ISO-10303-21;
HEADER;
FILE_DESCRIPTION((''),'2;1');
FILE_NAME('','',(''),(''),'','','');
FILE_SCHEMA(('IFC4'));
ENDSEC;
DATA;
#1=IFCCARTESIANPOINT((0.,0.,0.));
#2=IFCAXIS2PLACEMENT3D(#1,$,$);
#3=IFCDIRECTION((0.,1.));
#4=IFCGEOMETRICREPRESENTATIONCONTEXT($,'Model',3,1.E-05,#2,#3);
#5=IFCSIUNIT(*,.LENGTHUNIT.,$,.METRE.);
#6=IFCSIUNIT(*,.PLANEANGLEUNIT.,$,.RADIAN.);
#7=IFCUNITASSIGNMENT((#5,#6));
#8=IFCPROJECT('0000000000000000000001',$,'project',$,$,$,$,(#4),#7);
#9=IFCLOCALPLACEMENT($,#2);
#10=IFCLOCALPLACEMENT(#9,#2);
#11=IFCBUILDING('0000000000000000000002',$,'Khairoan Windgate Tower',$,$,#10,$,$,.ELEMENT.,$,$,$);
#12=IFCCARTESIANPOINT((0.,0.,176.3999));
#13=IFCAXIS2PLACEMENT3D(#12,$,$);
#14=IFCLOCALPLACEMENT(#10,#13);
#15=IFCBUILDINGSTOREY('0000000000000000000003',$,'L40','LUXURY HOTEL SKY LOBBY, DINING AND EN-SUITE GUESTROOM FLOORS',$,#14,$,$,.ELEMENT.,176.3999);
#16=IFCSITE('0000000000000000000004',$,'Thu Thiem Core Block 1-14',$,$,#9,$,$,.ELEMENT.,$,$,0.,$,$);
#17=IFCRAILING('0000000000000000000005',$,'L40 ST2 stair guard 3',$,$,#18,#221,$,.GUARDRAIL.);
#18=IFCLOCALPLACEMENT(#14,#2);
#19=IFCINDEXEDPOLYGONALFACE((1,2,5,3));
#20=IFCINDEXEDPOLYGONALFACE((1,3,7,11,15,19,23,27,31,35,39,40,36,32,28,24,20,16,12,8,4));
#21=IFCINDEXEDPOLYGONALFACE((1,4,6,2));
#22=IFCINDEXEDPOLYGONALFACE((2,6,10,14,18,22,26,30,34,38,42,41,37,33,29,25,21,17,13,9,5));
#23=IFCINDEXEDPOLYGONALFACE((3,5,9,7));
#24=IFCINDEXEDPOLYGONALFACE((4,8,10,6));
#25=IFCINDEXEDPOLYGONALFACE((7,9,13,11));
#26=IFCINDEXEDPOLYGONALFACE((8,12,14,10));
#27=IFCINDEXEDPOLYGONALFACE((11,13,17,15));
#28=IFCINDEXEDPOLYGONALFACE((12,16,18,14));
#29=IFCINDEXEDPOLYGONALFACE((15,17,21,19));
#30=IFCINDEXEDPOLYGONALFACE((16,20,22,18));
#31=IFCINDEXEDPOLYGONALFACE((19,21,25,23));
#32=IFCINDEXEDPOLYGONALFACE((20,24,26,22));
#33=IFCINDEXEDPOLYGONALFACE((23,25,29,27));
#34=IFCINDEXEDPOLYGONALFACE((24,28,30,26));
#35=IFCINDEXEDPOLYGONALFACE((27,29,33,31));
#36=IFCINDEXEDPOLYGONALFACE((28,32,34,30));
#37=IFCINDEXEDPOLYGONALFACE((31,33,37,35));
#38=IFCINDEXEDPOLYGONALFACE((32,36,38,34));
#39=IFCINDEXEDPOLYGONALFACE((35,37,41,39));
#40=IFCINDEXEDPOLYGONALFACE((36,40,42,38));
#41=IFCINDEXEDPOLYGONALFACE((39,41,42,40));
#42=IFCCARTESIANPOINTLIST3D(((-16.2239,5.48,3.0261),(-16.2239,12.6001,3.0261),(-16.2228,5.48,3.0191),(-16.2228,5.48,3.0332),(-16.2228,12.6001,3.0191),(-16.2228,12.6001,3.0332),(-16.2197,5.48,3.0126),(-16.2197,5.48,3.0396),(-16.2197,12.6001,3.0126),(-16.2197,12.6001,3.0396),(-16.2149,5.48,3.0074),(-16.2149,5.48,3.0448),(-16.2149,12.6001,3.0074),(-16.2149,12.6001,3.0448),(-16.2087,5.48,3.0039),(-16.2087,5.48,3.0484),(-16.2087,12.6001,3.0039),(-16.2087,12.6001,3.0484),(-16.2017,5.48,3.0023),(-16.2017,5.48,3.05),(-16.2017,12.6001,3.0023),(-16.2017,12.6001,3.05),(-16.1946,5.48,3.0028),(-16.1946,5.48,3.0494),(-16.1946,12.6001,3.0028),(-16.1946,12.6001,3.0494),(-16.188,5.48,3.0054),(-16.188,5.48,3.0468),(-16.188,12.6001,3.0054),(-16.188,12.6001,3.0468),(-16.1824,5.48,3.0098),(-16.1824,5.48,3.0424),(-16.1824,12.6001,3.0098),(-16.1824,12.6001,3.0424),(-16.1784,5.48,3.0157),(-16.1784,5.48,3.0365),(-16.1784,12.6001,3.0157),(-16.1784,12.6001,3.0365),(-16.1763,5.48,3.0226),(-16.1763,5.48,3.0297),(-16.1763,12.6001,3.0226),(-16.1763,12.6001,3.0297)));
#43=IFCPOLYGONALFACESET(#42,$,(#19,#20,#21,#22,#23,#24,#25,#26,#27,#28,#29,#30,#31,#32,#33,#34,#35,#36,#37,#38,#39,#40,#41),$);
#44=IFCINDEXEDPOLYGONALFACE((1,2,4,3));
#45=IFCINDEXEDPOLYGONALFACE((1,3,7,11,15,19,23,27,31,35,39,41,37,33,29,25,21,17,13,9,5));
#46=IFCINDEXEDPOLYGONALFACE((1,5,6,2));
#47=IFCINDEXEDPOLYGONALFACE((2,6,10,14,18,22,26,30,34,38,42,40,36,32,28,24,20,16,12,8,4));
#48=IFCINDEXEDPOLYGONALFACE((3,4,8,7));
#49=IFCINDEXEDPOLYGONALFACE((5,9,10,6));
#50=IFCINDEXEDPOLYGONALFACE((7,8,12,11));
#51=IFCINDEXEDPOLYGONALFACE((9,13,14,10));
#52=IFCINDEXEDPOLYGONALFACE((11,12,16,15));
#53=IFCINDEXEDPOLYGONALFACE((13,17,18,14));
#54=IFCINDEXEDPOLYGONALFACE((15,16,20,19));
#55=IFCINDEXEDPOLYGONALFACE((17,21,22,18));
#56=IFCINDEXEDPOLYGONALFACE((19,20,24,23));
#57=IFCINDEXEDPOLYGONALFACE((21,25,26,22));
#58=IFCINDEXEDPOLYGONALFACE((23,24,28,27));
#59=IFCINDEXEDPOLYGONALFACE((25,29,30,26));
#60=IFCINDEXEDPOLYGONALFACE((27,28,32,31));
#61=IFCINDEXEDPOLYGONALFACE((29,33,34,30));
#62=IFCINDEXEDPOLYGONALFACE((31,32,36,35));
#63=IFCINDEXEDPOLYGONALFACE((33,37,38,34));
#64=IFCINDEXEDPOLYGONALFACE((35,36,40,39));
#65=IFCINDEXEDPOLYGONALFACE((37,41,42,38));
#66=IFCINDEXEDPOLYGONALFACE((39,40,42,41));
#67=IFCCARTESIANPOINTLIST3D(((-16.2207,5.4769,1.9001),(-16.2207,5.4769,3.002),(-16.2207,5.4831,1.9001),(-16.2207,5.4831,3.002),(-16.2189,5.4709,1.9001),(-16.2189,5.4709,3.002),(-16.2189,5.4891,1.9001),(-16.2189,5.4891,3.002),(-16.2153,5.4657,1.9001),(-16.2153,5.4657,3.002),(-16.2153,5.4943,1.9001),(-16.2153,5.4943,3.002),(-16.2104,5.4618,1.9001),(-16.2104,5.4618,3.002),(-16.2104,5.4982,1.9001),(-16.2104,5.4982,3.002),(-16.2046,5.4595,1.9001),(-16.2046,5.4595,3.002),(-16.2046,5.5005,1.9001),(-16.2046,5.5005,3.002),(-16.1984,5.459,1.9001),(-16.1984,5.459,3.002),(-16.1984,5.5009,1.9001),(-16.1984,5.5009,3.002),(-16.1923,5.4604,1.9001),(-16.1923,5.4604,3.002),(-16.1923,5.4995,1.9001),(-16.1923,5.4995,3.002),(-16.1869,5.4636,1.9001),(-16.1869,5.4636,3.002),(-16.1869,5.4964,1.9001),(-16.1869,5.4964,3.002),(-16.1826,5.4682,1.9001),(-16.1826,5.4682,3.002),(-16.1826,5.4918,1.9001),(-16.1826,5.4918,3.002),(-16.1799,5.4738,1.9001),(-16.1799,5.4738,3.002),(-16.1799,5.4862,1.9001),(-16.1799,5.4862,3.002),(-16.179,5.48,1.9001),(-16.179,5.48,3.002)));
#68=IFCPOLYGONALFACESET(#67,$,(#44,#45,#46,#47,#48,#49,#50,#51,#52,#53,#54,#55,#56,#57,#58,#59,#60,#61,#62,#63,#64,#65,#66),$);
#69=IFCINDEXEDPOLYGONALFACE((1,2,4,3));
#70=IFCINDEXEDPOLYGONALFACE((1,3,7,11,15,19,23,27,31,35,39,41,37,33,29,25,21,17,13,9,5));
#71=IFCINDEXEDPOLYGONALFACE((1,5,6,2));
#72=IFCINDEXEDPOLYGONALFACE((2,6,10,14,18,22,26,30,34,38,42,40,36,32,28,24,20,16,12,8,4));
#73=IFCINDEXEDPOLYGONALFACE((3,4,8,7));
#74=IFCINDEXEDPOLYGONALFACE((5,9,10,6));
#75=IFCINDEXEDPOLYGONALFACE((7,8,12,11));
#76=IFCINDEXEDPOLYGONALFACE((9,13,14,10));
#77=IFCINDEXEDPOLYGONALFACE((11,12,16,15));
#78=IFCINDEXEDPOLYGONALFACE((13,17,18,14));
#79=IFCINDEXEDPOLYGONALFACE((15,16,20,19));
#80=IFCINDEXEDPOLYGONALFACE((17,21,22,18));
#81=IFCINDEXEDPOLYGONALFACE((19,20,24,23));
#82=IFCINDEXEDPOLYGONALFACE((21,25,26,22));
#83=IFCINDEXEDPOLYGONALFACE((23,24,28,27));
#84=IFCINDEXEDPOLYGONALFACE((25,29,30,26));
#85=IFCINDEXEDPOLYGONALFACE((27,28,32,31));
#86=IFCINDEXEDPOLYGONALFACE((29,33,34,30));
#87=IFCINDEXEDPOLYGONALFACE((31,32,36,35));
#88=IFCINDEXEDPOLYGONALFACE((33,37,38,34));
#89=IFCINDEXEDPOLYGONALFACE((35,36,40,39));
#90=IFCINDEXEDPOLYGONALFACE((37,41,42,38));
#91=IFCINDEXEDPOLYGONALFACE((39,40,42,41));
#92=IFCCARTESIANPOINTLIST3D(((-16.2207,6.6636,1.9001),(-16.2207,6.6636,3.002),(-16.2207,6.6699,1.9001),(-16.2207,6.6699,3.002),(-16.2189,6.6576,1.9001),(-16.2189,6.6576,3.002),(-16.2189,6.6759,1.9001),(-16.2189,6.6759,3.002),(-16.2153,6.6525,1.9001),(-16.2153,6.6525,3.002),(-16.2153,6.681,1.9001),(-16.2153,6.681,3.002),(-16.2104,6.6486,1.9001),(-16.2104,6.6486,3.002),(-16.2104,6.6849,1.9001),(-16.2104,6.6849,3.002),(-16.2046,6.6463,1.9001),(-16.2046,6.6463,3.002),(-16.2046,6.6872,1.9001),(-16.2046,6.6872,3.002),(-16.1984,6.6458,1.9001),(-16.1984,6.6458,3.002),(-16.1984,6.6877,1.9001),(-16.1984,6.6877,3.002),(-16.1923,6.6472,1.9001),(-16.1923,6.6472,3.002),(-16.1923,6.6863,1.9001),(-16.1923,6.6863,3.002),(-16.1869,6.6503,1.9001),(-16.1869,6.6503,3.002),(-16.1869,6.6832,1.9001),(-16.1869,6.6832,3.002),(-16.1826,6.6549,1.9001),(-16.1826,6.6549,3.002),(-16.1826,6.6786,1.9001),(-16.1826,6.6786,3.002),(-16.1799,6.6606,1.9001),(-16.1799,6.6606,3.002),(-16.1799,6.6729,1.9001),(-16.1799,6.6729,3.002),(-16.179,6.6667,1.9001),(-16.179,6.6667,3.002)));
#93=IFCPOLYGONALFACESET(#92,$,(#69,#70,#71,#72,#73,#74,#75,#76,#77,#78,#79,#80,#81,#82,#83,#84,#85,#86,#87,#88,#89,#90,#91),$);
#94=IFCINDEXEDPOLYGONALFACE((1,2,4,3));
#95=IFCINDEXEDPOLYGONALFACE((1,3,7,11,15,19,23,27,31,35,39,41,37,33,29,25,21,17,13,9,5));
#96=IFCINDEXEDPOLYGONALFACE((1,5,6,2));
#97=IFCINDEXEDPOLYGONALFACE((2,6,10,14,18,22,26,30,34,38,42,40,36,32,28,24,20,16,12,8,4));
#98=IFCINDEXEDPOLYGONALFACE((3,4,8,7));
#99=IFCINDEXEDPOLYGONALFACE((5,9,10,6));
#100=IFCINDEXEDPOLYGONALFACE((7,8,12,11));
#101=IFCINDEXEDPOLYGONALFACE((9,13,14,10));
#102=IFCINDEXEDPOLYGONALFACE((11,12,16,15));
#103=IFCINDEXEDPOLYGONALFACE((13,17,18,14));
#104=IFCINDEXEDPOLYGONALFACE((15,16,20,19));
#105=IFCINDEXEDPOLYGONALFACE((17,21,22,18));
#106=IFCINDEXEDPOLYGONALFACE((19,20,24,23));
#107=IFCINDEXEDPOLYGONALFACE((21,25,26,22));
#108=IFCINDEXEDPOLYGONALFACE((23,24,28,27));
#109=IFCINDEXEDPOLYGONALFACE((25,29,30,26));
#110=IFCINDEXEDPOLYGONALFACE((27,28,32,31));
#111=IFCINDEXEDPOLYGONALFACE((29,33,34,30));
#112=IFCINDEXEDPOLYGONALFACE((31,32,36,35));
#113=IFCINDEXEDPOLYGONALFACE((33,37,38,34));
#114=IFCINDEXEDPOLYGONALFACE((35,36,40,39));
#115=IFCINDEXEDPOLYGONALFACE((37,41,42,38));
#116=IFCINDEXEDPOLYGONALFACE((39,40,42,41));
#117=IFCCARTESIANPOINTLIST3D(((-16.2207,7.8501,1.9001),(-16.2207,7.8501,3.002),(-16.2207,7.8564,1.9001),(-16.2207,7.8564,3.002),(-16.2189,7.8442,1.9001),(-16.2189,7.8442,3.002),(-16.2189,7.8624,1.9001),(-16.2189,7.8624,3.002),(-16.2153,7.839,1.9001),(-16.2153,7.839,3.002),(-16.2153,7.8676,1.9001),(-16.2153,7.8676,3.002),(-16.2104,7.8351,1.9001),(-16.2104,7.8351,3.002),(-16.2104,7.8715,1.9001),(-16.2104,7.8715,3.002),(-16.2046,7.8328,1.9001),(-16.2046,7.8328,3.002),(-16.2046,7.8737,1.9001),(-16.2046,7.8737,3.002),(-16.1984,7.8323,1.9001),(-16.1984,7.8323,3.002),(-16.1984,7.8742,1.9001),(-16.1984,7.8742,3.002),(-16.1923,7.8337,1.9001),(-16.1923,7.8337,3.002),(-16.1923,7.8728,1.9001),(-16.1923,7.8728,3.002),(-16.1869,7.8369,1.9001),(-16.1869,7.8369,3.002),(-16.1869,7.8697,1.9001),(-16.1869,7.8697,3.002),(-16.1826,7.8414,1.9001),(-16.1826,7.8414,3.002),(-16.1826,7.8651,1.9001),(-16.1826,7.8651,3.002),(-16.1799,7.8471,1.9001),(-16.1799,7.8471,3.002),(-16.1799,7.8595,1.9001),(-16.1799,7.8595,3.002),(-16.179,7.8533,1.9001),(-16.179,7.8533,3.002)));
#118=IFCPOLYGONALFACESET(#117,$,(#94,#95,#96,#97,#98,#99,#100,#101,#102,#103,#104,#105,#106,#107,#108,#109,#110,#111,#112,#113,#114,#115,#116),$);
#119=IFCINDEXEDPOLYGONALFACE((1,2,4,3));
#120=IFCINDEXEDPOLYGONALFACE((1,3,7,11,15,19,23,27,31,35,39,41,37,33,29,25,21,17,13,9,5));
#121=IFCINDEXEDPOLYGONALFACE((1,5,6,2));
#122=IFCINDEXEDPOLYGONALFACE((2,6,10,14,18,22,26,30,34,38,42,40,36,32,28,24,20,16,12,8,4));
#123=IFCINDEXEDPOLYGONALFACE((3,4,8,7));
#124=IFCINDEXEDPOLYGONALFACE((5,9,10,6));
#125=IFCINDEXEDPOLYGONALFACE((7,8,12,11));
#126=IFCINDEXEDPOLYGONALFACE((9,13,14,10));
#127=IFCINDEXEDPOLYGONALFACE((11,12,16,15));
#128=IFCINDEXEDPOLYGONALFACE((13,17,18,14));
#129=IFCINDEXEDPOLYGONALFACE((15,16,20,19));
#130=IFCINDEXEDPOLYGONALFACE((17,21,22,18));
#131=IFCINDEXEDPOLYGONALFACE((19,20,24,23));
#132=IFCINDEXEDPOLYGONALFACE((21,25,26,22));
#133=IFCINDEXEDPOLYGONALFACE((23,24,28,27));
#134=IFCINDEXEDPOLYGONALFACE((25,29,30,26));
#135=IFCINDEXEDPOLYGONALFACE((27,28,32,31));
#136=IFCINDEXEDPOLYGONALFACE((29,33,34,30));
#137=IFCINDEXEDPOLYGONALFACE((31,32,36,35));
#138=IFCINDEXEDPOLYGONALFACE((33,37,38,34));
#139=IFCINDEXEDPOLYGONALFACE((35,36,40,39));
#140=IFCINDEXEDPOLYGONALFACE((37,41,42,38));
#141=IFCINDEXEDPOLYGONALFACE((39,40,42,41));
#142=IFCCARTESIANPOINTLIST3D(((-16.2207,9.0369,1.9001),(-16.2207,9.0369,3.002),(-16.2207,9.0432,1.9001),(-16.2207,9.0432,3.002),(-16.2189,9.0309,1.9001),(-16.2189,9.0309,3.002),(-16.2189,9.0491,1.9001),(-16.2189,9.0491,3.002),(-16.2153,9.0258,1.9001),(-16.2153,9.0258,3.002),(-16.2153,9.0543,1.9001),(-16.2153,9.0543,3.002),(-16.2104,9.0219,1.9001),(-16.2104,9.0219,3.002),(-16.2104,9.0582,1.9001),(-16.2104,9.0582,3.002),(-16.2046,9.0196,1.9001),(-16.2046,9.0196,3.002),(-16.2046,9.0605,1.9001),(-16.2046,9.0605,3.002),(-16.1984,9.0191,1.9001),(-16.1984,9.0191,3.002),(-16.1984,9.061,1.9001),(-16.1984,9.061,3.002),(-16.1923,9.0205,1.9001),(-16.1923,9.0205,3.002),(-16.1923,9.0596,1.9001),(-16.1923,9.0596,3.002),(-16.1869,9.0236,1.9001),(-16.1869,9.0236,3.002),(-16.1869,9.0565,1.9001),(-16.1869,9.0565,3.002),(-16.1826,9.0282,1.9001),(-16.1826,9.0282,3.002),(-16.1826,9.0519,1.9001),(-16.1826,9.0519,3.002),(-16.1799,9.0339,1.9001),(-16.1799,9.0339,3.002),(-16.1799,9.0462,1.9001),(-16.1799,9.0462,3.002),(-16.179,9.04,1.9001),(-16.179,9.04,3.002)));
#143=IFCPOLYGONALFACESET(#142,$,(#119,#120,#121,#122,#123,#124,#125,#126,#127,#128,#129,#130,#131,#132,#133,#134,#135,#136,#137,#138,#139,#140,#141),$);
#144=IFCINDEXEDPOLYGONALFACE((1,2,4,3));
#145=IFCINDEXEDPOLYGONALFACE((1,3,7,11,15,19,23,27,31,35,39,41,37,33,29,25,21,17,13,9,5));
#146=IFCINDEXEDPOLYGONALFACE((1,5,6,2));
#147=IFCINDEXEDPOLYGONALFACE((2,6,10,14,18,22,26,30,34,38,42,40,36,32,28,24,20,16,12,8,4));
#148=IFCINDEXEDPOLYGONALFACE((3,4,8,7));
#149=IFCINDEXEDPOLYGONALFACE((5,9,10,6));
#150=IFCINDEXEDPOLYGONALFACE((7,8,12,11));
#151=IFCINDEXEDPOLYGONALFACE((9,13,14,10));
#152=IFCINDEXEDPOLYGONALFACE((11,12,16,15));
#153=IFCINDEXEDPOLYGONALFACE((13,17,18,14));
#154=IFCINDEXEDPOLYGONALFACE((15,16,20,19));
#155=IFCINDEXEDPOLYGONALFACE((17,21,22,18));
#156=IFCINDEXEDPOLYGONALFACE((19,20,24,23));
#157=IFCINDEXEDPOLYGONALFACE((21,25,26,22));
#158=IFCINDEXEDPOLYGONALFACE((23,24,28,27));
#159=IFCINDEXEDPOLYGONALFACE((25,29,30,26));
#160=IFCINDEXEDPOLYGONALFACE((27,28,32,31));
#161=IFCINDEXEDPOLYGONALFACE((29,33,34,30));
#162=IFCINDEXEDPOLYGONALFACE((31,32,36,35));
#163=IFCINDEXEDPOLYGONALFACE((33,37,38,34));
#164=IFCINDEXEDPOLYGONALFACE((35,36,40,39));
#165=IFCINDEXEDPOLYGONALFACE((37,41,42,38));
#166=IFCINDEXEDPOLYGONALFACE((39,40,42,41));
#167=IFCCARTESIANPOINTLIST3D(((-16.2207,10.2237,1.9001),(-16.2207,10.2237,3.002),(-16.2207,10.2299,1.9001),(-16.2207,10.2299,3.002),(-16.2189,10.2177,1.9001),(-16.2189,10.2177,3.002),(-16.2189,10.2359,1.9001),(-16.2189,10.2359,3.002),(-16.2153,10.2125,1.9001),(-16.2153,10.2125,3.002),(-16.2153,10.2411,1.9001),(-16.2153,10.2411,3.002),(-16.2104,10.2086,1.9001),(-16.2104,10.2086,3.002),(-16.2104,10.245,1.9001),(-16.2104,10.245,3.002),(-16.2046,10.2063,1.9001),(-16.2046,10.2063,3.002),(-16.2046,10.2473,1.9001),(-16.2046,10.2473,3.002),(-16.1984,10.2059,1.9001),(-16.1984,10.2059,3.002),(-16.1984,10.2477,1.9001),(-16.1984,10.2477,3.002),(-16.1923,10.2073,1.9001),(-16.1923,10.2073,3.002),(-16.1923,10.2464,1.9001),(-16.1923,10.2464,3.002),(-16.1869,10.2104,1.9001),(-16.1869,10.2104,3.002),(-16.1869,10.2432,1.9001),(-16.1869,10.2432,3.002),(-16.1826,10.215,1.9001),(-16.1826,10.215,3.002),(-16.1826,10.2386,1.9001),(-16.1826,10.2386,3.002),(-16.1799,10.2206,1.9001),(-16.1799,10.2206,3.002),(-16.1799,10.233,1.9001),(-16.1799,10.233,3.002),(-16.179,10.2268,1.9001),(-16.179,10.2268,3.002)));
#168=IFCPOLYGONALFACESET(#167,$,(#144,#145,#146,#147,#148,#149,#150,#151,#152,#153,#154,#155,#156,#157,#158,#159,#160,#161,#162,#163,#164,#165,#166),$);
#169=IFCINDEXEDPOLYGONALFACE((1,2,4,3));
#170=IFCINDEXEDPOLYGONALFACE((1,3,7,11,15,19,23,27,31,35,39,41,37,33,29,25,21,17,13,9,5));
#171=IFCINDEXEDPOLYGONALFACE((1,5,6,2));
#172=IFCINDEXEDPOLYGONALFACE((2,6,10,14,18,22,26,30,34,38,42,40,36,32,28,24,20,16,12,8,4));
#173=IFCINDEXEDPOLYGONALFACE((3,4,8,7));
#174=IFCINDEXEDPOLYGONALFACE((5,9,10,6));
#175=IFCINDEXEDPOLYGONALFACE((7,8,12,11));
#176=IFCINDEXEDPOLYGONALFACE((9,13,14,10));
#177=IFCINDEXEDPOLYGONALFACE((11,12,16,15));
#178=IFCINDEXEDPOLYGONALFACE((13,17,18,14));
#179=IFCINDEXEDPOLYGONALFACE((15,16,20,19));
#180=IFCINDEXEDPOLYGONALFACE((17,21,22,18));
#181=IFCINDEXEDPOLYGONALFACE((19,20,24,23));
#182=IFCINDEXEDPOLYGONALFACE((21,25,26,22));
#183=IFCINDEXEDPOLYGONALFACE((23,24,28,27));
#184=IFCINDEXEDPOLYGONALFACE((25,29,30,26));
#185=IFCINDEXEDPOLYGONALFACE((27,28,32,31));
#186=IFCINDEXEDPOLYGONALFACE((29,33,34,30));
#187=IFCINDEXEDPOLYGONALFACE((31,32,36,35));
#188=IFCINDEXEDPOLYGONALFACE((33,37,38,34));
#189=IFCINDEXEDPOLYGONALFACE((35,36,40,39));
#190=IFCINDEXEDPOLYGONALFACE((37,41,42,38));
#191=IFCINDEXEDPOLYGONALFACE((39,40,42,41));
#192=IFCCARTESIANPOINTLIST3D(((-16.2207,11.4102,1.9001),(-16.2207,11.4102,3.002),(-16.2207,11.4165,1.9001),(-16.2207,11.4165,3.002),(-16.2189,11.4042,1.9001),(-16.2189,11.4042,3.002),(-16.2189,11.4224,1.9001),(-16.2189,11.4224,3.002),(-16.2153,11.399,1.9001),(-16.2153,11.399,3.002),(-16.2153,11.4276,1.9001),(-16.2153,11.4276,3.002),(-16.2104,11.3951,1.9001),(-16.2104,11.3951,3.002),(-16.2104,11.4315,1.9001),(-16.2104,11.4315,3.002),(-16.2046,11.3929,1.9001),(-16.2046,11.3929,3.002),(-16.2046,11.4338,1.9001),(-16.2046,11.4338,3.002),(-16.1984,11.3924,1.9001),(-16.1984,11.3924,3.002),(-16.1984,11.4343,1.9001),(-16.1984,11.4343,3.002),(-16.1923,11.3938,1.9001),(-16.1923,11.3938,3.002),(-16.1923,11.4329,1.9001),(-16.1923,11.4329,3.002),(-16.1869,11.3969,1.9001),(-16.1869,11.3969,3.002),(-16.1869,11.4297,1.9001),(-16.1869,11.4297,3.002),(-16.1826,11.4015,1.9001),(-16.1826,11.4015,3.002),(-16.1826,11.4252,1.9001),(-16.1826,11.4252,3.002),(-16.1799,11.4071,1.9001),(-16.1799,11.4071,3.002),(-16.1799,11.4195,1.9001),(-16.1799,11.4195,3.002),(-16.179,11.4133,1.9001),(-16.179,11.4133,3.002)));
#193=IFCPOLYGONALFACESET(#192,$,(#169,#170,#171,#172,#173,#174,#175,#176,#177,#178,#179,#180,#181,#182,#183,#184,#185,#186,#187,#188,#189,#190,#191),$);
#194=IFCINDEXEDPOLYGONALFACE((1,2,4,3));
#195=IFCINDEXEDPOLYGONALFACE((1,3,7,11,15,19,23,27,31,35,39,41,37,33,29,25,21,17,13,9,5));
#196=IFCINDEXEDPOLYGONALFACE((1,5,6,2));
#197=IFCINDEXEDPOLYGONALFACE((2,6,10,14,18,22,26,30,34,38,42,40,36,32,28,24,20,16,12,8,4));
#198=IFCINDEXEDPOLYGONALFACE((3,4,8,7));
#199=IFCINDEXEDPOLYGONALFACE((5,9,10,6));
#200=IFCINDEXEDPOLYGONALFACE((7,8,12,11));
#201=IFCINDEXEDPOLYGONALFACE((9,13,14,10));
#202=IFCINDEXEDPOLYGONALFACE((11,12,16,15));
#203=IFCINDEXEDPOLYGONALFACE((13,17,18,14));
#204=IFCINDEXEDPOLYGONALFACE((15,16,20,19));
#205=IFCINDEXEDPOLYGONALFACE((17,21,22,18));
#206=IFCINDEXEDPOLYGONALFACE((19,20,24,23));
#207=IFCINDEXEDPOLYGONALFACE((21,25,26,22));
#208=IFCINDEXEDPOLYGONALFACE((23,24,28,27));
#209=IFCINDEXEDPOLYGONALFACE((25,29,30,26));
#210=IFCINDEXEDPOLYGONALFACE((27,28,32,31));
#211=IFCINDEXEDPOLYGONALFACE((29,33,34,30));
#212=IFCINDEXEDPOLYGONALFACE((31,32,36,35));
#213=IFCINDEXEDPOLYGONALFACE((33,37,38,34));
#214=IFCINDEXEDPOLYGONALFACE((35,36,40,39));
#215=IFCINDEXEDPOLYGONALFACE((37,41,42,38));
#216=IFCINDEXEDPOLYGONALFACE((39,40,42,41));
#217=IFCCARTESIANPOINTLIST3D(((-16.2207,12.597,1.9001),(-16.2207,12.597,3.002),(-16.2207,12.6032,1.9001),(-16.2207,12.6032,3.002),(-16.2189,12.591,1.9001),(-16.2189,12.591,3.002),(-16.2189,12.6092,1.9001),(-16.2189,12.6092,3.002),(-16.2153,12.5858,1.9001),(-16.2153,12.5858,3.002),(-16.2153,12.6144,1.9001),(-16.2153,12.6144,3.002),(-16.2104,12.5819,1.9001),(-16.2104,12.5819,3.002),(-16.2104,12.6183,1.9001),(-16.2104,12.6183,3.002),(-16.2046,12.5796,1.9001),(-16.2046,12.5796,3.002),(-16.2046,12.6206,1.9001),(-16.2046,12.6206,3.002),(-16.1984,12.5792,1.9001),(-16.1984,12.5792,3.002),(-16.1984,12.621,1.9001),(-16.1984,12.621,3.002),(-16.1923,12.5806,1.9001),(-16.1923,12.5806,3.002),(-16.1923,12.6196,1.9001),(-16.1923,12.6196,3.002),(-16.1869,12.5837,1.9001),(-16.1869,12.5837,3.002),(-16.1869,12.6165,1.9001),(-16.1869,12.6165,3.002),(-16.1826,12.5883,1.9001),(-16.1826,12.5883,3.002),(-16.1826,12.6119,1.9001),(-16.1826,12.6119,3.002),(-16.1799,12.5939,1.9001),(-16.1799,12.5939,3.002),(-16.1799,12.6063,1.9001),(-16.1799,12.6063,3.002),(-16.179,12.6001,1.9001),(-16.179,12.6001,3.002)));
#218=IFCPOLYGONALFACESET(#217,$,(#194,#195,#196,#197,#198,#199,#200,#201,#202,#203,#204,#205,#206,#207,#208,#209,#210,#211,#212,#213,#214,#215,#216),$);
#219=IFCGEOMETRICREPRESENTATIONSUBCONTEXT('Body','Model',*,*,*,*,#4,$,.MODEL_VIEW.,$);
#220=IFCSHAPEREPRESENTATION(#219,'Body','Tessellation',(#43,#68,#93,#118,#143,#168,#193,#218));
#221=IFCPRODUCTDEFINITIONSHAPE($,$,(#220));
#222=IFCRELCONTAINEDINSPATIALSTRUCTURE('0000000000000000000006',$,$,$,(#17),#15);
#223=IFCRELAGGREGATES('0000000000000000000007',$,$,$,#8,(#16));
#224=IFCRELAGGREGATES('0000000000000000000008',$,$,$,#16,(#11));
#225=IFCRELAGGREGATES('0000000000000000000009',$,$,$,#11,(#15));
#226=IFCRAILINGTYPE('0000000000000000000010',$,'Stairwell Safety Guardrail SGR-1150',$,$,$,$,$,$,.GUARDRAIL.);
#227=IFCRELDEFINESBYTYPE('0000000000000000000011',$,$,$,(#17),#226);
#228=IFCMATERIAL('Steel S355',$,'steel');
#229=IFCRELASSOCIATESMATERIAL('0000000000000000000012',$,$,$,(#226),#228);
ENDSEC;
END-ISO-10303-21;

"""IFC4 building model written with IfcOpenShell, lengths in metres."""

from ifc_helpers import new_model, si_unit, direction, frame, origin, origin_2d, place, context, subcontext, project, spatial, circle, extrude, material, type_object, element, save


model = new_model("IFC4")

# Units and contexts
model_context = context("Model", 3, precision=1e-05, world=origin(), true_north=direction((0.0, 1.0)))
body_context = subcontext(model_context, "Body", "Model", "MODEL_VIEW")
ifc_project = project(units=[si_unit("LENGTHUNIT", "METRE"), si_unit("PLANEANGLEUNIT", "RADIAN")], contexts=[model_context])

# Site, building, storey
site_placement = place(None, origin())
site = spatial("IfcSite", under=ifc_project, at=site_placement, Name="Thu Thiem Core Block 1-14", CompositionType="ELEMENT", RefElevation=0.0)
building_placement = place(site_placement, origin())
building = spatial("IfcBuilding", under=site, at=building_placement, Name="Khairoan Windgate Tower", CompositionType="ELEMENT")
storey_placement = place(building_placement, frame((0.0, 0.0, 176.3999)))
storey = spatial("IfcBuildingStorey", under=building, at=storey_placement, Name="L40", Description="LUXURY HOTEL SKY LOBBY, DINING AND EN-SUITE GUESTROOM FLOORS", CompositionType="ELEMENT", Elevation=176.3999)

# Railing
ifc_material_1 = material(Name="Steel S355", Category="steel")
railing_type_1 = type_object("IfcRailingType", Name="Stairwell Safety Guardrail SGR-1150", PredefinedType="GUARDRAIL", material=ifc_material_1)
railing_1_placement = place(storey_placement, frame((-16.2, 5.48, 1.9001)))
element("IfcRailing", 1, at=railing_1_placement, inside=storey, type_object=railing_type_1, Name="L40 ST2 stair guard 3", PredefinedType="GUARDRAIL", context=body_context, shape_type="SweptSolid", body=[
    extrude(circle(Radius=0.0239, at=origin_2d()), frame((0.0, 0.0, 1.126), z_axis=(0.0, 1.0, 0.0), x_axis=(-1.0, 0.0, 0.0)), (0.0, 0.0, 1.0), 7.1201),
    extrude(circle(Radius=0.021, at=origin_2d()), origin(), (0.0, 0.0, 1.0), 1.1018),
    extrude(circle(Radius=0.021, at=origin_2d()), frame((0.0, 1.1868, 0.0)), (0.0, 0.0, 1.0), 1.1018),
    extrude(circle(Radius=0.021, at=origin_2d()), frame((0.0, 2.3733, 0.0)), (0.0, 0.0, 1.0), 1.1018),
    extrude(circle(Radius=0.021, at=origin_2d()), frame((0.0, 3.5601, 0.0)), (0.0, 0.0, 1.0), 1.1018),
    extrude(circle(Radius=0.021, at=origin_2d()), frame((0.0, 4.7468, 0.0)), (0.0, 0.0, 1.0), 1.1018),
    extrude(circle(Radius=0.021, at=origin_2d()), frame((0.0, 5.9333, 0.0)), (0.0, 0.0, 1.0), 1.1018),
    extrude(circle(Radius=0.021, at=origin_2d()), frame((0.0, 7.1201, 0.0)), (0.0, 0.0, 1.0), 1.1018),
])

save(model, "model.ifc")
